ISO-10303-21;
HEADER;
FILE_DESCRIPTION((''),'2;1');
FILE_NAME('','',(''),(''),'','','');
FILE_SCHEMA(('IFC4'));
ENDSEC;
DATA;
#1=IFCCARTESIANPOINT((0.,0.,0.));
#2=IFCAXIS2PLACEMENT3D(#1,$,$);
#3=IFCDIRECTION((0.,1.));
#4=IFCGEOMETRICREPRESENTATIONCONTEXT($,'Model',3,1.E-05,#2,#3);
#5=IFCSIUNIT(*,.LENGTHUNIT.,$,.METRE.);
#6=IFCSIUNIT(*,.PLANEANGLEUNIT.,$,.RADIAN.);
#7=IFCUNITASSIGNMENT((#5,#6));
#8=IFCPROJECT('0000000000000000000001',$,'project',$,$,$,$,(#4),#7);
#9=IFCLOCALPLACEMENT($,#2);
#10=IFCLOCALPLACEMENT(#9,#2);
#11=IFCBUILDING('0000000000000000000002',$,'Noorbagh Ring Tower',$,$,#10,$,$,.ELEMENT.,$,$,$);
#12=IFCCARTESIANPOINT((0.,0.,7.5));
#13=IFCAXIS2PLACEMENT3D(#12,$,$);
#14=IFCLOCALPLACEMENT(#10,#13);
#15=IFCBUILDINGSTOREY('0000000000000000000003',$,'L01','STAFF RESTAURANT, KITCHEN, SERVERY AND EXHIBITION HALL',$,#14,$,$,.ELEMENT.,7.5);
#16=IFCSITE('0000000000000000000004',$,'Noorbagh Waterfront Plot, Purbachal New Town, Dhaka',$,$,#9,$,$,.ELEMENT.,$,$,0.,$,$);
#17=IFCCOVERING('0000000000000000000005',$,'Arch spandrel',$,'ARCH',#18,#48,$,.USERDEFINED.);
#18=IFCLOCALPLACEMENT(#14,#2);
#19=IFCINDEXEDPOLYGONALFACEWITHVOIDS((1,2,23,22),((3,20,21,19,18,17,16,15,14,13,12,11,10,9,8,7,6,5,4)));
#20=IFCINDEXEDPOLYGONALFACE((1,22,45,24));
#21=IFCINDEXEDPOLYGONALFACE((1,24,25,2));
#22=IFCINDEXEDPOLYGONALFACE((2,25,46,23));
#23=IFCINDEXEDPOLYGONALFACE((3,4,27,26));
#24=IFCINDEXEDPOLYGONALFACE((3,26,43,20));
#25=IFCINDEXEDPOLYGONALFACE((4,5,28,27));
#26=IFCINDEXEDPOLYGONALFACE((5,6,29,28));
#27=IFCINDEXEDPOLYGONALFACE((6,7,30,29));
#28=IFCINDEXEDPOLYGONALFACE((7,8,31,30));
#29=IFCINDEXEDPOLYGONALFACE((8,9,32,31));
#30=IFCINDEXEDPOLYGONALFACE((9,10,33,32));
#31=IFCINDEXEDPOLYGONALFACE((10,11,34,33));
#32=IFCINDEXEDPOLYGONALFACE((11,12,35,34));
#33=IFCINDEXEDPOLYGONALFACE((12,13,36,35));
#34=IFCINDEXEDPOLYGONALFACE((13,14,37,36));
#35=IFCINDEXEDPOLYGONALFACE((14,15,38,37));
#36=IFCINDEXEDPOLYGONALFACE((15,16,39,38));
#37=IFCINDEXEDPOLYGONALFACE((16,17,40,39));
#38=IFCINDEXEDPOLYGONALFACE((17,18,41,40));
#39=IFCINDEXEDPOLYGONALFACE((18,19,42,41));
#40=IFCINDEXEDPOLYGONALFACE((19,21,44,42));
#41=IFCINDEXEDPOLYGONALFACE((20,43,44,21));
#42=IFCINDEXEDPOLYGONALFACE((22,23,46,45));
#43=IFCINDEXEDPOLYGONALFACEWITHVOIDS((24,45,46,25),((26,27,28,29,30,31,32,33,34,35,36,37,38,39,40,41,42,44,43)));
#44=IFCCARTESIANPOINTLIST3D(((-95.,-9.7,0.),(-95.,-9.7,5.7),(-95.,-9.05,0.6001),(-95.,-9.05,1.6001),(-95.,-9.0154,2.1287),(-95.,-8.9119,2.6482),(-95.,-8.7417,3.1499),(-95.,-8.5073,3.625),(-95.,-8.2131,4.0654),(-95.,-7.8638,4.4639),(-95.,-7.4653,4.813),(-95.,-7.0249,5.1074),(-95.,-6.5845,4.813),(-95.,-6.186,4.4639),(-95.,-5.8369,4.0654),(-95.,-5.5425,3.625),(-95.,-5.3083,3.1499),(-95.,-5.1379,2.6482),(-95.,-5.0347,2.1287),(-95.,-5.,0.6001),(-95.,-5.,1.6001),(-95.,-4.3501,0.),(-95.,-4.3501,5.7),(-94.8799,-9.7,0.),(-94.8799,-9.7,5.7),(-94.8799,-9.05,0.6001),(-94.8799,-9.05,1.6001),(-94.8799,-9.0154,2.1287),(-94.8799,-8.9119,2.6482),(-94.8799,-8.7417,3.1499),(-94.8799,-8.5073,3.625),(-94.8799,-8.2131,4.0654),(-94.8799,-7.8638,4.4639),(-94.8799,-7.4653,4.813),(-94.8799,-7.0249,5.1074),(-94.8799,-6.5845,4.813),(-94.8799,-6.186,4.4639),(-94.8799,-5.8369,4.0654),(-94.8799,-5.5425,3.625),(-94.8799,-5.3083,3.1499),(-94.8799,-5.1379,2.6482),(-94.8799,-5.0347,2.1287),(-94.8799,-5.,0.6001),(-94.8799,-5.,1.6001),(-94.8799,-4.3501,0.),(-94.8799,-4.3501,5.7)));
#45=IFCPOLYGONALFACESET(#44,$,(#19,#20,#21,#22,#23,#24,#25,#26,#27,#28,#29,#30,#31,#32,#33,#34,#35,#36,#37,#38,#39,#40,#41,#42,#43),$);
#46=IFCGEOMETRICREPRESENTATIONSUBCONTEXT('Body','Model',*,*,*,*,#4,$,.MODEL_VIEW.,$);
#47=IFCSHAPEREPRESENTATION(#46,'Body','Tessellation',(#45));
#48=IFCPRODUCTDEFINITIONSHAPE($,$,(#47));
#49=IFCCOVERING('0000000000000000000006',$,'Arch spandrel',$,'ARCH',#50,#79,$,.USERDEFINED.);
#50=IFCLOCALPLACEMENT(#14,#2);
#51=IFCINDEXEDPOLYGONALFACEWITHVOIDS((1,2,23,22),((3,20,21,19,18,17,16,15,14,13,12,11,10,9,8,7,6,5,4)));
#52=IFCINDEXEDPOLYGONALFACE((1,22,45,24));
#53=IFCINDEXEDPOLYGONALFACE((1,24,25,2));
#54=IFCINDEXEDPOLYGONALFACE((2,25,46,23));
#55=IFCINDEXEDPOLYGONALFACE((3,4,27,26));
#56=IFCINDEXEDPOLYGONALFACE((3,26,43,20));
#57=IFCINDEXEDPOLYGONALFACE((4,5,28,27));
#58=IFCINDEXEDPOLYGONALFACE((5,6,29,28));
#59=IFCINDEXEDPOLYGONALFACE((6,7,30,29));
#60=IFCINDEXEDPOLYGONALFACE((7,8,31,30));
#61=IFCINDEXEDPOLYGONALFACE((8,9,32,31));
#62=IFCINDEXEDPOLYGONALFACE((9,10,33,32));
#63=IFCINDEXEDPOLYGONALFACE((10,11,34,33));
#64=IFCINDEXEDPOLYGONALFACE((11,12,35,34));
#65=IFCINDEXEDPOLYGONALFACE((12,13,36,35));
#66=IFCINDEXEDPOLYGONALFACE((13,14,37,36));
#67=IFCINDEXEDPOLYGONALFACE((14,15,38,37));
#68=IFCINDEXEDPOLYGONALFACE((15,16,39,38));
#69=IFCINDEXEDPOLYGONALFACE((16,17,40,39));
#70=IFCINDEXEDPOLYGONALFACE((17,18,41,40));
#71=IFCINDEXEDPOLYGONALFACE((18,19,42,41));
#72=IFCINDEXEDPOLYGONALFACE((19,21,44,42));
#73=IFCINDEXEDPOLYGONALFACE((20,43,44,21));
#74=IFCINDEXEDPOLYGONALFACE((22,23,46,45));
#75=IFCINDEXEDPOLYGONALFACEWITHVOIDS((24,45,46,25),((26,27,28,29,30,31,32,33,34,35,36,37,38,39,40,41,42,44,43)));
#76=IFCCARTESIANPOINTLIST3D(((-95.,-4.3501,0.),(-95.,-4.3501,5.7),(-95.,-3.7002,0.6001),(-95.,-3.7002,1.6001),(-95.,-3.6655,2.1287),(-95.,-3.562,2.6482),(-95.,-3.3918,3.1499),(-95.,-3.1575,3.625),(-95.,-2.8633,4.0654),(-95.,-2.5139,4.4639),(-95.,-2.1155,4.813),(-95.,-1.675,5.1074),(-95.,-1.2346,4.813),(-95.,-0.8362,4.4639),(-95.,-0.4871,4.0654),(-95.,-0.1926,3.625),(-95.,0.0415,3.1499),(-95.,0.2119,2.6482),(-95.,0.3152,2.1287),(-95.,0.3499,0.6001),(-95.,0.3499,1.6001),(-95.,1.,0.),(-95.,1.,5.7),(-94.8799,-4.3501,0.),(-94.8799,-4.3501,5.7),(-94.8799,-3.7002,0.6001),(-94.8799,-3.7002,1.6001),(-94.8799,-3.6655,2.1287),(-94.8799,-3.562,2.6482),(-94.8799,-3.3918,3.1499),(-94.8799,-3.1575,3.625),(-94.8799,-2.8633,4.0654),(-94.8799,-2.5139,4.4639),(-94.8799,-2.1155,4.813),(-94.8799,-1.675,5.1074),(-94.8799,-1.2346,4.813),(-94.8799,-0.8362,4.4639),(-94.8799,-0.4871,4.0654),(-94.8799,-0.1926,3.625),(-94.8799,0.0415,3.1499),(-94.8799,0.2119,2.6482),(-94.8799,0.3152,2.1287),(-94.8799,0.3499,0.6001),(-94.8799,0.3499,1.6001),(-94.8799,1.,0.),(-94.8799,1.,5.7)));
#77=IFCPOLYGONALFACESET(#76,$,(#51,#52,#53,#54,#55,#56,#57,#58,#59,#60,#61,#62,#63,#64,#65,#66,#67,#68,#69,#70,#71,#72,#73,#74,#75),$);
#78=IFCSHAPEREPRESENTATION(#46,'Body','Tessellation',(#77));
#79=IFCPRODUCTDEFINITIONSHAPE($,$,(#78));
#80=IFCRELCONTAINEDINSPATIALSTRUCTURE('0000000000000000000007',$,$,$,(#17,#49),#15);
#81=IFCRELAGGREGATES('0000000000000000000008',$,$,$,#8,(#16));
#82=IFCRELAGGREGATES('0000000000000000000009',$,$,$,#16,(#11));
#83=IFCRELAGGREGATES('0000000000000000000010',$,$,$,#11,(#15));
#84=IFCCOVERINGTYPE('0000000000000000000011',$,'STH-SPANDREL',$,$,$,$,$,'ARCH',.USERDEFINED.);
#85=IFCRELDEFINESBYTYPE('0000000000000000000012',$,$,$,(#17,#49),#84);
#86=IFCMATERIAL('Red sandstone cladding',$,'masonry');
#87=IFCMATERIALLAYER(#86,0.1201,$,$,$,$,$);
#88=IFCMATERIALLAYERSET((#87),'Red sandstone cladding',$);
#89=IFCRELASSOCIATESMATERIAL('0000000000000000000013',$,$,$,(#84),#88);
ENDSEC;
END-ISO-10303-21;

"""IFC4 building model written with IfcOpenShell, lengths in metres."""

from ifc_helpers import new_model, si_unit, direction, frame, origin, place, context, subcontext, project, spatial, polyline, outline, extrude, material, layer, layer_set, type_object, element, save


model = new_model("IFC4")

# Units and contexts
model_context = context("Model", 3, precision=1e-05, world=origin(), true_north=direction((0.0, 1.0)))
body_context = subcontext(model_context, "Body", "Model", "MODEL_VIEW")
ifc_project = project(units=[si_unit("LENGTHUNIT", "METRE"), si_unit("PLANEANGLEUNIT", "RADIAN")], contexts=[model_context])

# Site, building, storey
site_placement = place(None, origin())
site = spatial("IfcSite", under=ifc_project, at=site_placement, Name="Noorbagh Waterfront Plot, Purbachal New Town, Dhaka", CompositionType="ELEMENT", RefElevation=0.0)
building_placement = place(site_placement, origin())
building = spatial("IfcBuilding", under=site, at=building_placement, Name="Noorbagh Ring Tower", CompositionType="ELEMENT")
storey_placement = place(building_placement, frame((0.0, 0.0, 7.5)))
storey = spatial("IfcBuildingStorey", under=building, at=storey_placement, Name="L01", Description="STAFF RESTAURANT, KITCHEN, SERVERY AND EXHIBITION HALL", CompositionType="ELEMENT", Elevation=7.5)

# Coverings
ifc_material_1 = material(Name="Red sandstone cladding", Category="masonry")
ifc_layer_1 = layer(ifc_material_1, 0.1201)
ifc_layer_set_1 = layer_set([ifc_layer_1], Name="Red sandstone cladding")
covering_type_1 = type_object("IfcCoveringType", Name="STH-SPANDREL", ElementType="ARCH", PredefinedType="USERDEFINED", material=ifc_layer_set_1)
covering_1_placement = place(storey_placement, frame((-94.8799, -9.7, 0.0), z_axis=(1.0, 0.0, 0.0), x_axis=(0.0, 1.0, 0.0)))
element("IfcCovering", 1, at=covering_1_placement, inside=storey, type_object=covering_type_1, Name="Arch spandrel", ObjectType="ARCH", PredefinedType="USERDEFINED", context=body_context, shape_type="SweptSolid", body=[
    extrude(outline(polyline([(0.0, 0.0), (5.3499, 0.0), (5.3499, 5.7), (0.0, 5.7), (0.0, 0.0)]), holes=[polyline([(0.6499, 0.6001), (0.6499, 1.6001), (0.6846, 2.1287), (0.7881, 2.6482), (0.9583, 3.1499), (1.1926, 3.625), (1.4868, 4.0654), (1.8362, 4.4639), (2.2346, 4.813), (2.675, 5.1074), (3.1155, 4.813), (3.5139, 4.4639), (3.863, 4.0654), (4.1575, 3.625), (4.3916, 3.1499), (4.562, 2.6482), (4.6653, 2.1287), (4.7, 1.6001), (4.7, 0.6001), (0.6499, 0.6001)])]), origin(), (0.0, 0.0, -1.0), 0.1201),
])
covering_2_placement = place(storey_placement, frame((-94.8799, -4.3501, 0.0), z_axis=(1.0, 0.0, 0.0), x_axis=(0.0, 1.0, 0.0)))
element("IfcCovering", 2, at=covering_2_placement, inside=storey, type_object=covering_type_1, Name="Arch spandrel", ObjectType="ARCH", PredefinedType="USERDEFINED", context=body_context, shape_type="SweptSolid", body=[
    extrude(outline(polyline([(0.0, 0.0), (5.3501, 0.0), (5.3501, 5.7), (0.0, 5.7), (0.0, 0.0)]), holes=[polyline([(0.6499, 0.6001), (0.6499, 1.6001), (0.6846, 2.1287), (0.7881, 2.6482), (0.9583, 3.1499), (1.1926, 3.625), (1.4868, 4.0654), (1.8362, 4.4639), (2.2346, 4.813), (2.675, 5.1074), (3.1155, 4.813), (3.5139, 4.4639), (3.863, 4.0654), (4.1575, 3.625), (4.3916, 3.1499), (4.562, 2.6482), (4.6653, 2.1287), (4.7, 1.6001), (4.7, 0.6001), (0.6499, 0.6001)])]), origin(), (0.0, 0.0, -1.0), 0.1201),
])

save(model, "model.ifc")
